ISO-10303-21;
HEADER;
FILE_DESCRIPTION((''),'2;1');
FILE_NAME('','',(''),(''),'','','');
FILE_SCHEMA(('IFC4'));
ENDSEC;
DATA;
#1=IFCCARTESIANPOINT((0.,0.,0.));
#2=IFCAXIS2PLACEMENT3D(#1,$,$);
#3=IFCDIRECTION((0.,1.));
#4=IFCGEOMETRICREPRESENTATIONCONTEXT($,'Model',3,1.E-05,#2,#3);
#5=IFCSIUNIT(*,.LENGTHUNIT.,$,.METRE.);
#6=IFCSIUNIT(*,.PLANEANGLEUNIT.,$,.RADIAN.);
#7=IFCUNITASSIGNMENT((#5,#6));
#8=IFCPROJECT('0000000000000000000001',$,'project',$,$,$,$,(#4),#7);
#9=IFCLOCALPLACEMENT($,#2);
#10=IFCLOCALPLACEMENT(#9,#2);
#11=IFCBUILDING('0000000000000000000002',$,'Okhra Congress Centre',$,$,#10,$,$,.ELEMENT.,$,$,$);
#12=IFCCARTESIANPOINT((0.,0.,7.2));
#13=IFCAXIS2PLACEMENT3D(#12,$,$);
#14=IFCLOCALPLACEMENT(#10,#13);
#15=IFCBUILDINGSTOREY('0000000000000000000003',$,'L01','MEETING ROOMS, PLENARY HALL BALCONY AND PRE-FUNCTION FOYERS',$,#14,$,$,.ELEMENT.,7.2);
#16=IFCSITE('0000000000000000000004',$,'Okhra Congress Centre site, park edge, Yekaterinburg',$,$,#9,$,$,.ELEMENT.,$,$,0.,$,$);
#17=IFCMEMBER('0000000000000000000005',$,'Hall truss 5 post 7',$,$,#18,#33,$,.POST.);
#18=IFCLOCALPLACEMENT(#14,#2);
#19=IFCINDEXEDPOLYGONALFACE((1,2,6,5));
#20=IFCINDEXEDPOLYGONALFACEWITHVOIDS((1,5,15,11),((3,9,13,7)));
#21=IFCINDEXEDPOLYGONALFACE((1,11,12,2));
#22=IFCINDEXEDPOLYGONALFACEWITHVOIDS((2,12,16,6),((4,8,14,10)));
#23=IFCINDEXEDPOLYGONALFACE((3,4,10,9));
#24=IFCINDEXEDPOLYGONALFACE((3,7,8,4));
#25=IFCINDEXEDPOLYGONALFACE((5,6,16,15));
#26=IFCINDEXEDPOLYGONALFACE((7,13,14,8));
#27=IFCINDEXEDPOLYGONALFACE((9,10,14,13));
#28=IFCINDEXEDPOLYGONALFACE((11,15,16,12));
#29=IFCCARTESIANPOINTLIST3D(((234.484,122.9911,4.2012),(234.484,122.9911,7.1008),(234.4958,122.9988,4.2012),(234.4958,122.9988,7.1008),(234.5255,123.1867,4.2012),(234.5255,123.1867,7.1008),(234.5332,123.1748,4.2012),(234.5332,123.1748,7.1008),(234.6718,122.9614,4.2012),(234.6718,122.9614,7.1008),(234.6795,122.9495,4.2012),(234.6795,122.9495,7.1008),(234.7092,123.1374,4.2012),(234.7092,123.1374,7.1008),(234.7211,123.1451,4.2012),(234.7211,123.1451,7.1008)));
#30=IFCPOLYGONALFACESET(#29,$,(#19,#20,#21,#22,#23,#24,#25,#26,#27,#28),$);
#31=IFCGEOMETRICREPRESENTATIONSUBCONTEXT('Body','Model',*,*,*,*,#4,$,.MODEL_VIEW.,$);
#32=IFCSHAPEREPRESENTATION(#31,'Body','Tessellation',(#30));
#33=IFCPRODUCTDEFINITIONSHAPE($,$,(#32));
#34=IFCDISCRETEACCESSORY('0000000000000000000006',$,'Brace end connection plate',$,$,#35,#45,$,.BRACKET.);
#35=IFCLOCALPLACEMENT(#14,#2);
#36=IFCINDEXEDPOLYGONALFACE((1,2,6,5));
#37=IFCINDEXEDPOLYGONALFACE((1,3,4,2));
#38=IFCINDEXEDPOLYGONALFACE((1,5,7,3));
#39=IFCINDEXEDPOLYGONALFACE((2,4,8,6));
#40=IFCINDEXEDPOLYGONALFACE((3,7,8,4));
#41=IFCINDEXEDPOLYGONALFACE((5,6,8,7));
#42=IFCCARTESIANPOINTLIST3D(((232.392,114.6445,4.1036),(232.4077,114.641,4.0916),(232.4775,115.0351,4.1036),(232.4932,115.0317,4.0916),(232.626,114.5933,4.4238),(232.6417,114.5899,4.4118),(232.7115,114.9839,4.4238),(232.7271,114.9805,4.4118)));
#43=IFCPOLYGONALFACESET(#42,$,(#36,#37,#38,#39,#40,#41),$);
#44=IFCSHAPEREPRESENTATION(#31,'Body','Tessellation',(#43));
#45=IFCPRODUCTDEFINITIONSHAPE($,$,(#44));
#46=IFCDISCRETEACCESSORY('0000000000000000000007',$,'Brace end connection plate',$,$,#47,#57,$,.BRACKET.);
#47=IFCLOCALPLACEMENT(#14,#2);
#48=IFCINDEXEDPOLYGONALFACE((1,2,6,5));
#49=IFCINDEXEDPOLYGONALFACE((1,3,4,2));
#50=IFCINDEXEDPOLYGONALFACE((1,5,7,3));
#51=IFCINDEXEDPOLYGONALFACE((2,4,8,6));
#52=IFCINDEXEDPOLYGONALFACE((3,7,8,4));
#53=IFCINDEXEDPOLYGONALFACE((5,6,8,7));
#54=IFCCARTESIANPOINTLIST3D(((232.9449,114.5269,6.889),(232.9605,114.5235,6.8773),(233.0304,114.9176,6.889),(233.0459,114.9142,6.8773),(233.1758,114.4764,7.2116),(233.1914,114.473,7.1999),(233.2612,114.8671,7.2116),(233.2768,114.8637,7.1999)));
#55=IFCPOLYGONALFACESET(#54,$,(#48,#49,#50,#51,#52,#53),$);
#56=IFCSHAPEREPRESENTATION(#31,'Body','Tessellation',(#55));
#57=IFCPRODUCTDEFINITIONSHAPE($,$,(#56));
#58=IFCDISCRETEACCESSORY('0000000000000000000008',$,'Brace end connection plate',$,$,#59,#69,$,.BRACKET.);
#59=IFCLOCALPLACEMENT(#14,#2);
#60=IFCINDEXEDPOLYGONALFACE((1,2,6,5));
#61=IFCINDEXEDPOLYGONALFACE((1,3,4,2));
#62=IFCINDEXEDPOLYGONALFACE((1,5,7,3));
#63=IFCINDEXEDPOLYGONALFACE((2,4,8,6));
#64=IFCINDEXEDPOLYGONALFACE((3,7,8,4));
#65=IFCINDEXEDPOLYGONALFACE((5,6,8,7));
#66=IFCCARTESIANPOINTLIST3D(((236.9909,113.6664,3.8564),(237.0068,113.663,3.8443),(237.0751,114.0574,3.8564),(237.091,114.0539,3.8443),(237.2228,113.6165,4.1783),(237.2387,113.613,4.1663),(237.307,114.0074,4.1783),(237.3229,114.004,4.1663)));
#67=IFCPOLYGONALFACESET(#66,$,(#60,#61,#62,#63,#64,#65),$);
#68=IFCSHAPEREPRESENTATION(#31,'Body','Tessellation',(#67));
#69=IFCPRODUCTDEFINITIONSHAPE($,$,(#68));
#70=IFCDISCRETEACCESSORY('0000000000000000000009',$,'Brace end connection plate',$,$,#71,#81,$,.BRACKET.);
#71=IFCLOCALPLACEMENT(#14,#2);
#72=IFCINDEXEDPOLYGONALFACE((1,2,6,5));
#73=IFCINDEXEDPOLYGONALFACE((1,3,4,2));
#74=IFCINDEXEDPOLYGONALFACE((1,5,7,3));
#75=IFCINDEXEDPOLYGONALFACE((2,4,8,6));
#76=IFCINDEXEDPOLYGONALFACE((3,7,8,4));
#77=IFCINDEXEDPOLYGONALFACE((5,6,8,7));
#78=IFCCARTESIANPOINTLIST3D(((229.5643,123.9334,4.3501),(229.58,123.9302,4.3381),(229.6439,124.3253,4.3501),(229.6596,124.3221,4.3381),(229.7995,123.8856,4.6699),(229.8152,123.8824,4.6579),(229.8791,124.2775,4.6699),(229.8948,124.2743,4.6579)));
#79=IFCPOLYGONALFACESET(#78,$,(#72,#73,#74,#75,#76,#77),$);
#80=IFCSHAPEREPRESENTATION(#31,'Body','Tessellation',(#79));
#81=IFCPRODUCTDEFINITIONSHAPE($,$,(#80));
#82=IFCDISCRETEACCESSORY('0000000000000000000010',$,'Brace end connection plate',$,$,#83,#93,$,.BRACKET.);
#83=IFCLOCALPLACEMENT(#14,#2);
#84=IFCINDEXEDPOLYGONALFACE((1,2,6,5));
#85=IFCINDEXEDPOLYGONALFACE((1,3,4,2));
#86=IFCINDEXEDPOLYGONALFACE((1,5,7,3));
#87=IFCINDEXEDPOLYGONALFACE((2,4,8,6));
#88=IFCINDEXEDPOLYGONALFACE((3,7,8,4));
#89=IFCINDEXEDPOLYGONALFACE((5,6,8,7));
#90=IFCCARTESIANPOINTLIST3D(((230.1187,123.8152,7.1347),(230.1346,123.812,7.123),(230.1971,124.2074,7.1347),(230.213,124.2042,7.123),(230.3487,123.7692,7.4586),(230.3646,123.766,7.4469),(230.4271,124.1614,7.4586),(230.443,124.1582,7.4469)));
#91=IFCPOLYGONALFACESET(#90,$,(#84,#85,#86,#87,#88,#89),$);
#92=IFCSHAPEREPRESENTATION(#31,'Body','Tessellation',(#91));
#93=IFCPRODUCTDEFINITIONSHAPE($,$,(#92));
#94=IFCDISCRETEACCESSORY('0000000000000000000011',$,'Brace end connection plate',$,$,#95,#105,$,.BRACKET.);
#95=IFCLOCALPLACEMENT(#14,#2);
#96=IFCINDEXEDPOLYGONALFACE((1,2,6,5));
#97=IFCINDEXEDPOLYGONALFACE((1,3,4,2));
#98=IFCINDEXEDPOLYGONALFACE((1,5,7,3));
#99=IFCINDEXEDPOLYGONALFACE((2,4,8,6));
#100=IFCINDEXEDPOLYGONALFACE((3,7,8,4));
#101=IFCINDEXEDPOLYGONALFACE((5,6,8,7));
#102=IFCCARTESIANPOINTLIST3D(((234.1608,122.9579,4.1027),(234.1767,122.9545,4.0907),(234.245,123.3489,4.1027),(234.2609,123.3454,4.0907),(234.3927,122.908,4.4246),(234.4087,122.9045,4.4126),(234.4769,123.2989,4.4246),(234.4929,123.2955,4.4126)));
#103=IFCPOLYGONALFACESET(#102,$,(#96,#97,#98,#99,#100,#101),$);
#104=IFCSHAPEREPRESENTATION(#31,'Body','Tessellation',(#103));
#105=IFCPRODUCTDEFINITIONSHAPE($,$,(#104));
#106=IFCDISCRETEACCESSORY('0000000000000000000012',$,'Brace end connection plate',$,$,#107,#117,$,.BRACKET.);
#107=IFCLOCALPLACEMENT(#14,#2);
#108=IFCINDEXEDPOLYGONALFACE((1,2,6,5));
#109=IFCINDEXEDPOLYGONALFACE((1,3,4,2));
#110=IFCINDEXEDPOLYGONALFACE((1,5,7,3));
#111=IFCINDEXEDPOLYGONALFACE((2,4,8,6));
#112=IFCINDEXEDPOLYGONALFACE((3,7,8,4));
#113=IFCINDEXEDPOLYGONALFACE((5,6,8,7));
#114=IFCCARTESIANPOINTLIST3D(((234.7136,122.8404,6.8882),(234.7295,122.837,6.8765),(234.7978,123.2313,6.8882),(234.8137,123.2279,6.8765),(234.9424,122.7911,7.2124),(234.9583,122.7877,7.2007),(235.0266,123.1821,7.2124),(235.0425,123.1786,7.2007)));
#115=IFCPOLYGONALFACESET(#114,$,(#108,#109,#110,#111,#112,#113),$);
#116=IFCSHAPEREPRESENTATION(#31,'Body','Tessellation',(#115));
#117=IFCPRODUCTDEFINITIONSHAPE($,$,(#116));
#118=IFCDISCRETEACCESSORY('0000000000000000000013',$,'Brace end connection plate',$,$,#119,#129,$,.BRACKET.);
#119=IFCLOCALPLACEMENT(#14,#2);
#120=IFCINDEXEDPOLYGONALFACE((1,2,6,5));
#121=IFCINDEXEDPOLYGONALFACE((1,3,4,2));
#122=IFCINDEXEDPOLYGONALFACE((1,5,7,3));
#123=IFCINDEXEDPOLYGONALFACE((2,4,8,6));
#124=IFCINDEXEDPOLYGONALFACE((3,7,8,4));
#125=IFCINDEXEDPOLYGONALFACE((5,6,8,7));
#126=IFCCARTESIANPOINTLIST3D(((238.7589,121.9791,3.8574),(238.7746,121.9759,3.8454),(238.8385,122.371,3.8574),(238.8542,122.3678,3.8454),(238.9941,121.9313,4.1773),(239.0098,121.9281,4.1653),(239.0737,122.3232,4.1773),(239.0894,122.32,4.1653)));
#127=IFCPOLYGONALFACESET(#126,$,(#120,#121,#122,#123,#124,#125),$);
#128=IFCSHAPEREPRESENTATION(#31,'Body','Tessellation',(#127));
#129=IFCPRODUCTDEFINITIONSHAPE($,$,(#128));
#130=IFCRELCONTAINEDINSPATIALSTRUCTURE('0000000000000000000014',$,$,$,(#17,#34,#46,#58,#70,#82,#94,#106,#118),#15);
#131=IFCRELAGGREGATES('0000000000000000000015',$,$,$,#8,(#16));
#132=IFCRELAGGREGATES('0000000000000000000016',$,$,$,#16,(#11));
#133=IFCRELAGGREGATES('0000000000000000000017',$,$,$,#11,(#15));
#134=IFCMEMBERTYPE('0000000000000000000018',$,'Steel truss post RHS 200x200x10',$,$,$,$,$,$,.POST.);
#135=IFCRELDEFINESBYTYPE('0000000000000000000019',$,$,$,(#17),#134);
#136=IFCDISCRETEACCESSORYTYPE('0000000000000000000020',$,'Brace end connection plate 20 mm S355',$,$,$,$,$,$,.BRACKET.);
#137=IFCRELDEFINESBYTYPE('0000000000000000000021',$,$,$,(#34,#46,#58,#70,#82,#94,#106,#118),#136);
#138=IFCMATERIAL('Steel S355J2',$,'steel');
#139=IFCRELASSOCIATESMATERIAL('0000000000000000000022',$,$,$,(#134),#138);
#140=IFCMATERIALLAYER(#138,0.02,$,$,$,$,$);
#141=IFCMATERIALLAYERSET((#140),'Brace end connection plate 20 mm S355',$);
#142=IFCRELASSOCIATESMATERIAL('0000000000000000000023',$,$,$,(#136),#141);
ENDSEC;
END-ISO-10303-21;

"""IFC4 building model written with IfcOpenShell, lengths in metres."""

from ifc_helpers import new_model, si_unit, direction, frame, origin, origin_2d, place, context, subcontext, project, spatial, rectangle, hollow_rectangle, extrude, material, layer, layer_set, material_profile, profile_set, type_object, element, save


model = new_model("IFC4")

# Units and contexts
model_context = context("Model", 3, precision=1e-05, world=origin(), true_north=direction((0.0, 1.0)))
body_context = subcontext(model_context, "Body", "Model", "MODEL_VIEW")
ifc_project = project(units=[si_unit("LENGTHUNIT", "METRE"), si_unit("PLANEANGLEUNIT", "RADIAN")], contexts=[model_context])

# Site, building, storey
site_placement = place(None, origin())
site = spatial("IfcSite", under=ifc_project, at=site_placement, Name="Okhra Congress Centre site, park edge, Yekaterinburg", CompositionType="ELEMENT", RefElevation=0.0)
building_placement = place(site_placement, origin())
building = spatial("IfcBuilding", under=site, at=building_placement, Name="Okhra Congress Centre", CompositionType="ELEMENT")
storey_placement = place(building_placement, frame((0.0, 0.0, 7.2)))
storey = spatial("IfcBuildingStorey", under=building, at=storey_placement, Name="L01", Description="MEETING ROOMS, PLENARY HALL BALCONY AND PRE-FUNCTION FOYERS", CompositionType="ELEMENT", Elevation=7.2)

# Member
ifc_material = material(Name="Steel S355J2", Category="steel")
ifc_material_profile_1 = material_profile(ifc_material, hollow_rectangle(XDim=0.2, YDim=0.2, WallThickness=0.01, at=origin_2d()), Name="RHS 200x200x10")
ifc_profile_set_1 = profile_set([ifc_material_profile_1], Name="Steel S355J2")
member_type_1 = type_object("IfcMemberType", Name="Steel truss post RHS 200x200x10", PredefinedType="POST", material=ifc_profile_set_1)
for number, where, z_axis, x_axis, name in (
    (1, (234.6025, 123.0681, 4.2012), (0.0, 0.0, 1.0), (0.978148, -0.207912, 0.0), "Hall truss 5 post 7"),
):
    element("IfcMember", number, at=place(storey_placement, frame(where, z_axis=z_axis, x_axis=x_axis)), inside=storey, type_object=member_type_1, Name=name, PredefinedType="POST", context=body_context, shape_type="SweptSolid", body=[
        extrude(hollow_rectangle(XDim=0.2, YDim=0.2, WallThickness=0.01, at=origin_2d()), origin(), (0.0, 0.0, 1.0), 2.8997),
    ])

# Discrete accessories
ifc_layer = layer(ifc_material, 0.02)
ifc_layer_set = layer_set([ifc_layer], Name="Brace end connection plate 20 mm S355")
discrete_accessory_type = type_object("IfcDiscreteAccessoryType", Name="Brace end connection plate 20 mm S355", PredefinedType="BRACKET", material=ifc_layer_set)
discrete_accessory_1_placement = place(storey_placement, frame((232.5518, 114.8142, 4.2637), z_axis=(0.782293, -0.171127, -0.598943), x_axis=(0.213697, 0.9769, 0.0)))
element("IfcDiscreteAccessory", 2, at=discrete_accessory_1_placement, inside=storey, type_object=discrete_accessory_type, Name="Brace end connection plate", PredefinedType="BRACKET", context=body_context, shape_type="SweptSolid", body=[
    extrude(rectangle(XDim=0.3999, YDim=0.3999, at=origin_2d()), origin(), (0.0, 0.0, 1.0), 0.02),
])
discrete_accessory_2_placement = place(storey_placement, frame((233.1187, 114.6936, 7.0386), z_axis=(-0.788024, 0.17238, 0.591018), x_axis=(-0.213697, -0.9769, 0.0)))
element("IfcDiscreteAccessory", 3, at=discrete_accessory_2_placement, inside=storey, type_object=discrete_accessory_type, Name="Brace end connection plate", PredefinedType="BRACKET", context=body_context, shape_type="SweptSolid", body=[
    extrude(rectangle(XDim=0.3999, YDim=0.3999, at=origin_2d()), origin(), (0.0, 0.0, 1.0), 0.0198),
])
discrete_accessory_3_placement = place(storey_placement, frame((237.1489, 113.8369, 4.0173), z_axis=(0.786969, -0.169501, -0.593253), x_axis=(0.210556, 0.977582, 0.0)))
element("IfcDiscreteAccessory", 4, at=discrete_accessory_3_placement, inside=storey, type_object=discrete_accessory_type, Name="Brace end connection plate", PredefinedType="BRACKET", context=body_context, shape_type="SweptSolid", body=[
    extrude(rectangle(XDim=0.3999, YDim=0.3999, at=origin_2d()), origin(), (0.0, 0.0, 1.0), 0.0203),
])
for number, where, z_axis, x_axis, name in (
    (5, (229.7217, 124.1055, 4.51), (0.783876, -0.159225, -0.600155), (0.19906, 0.979987, 0.0), "Brace end connection plate"),
    (6, (230.2888, 123.9851, 7.2849), (-0.79422, 0.158844, 0.586501), (-0.196116, -0.980581, 0.0), "Brace end connection plate"),
):
    element("IfcDiscreteAccessory", number, at=place(storey_placement, frame(where, z_axis=z_axis, x_axis=x_axis)), inside=storey, type_object=discrete_accessory_type, Name=name, PredefinedType="BRACKET", context=body_context, shape_type="SweptSolid", body=[
        extrude(rectangle(XDim=0.3999, YDim=0.3999, at=origin_2d()), origin(), (0.0, 0.0, 1.0), 0.02),
    ])
discrete_accessory_4_placement = place(storey_placement, frame((234.3188, 123.1284, 4.2637), z_axis=(0.786969, -0.169501, -0.593253), x_axis=(0.210556, 0.977582, 0.0)))
element("IfcDiscreteAccessory", 7, at=discrete_accessory_4_placement, inside=storey, type_object=discrete_accessory_type, Name="Brace end connection plate", PredefinedType="BRACKET", context=body_context, shape_type="SweptSolid", body=[
    extrude(rectangle(XDim=0.3999, YDim=0.3999, at=origin_2d()), origin(), (0.0, 0.0, 1.0), 0.0203),
])
for number, where, z_axis, x_axis, name in (
    (8, (234.886, 123.0078, 7.0386), (-0.792624, 0.170719, 0.585322), (-0.210556, -0.977582, 0.0), "Brace end connection plate"),
    (9, (238.9163, 122.1511, 4.0173), (0.783876, -0.159225, -0.600155), (0.19906, 0.979987, 0.0), "Brace end connection plate"),
):
    element("IfcDiscreteAccessory", number, at=place(storey_placement, frame(where, z_axis=z_axis, x_axis=x_axis)), inside=storey, type_object=discrete_accessory_type, Name=name, PredefinedType="BRACKET", context=body_context, shape_type="SweptSolid", body=[
        extrude(rectangle(XDim=0.3999, YDim=0.3999, at=origin_2d()), origin(), (0.0, 0.0, 1.0), 0.02),
    ])

save(model, "model.ifc")
